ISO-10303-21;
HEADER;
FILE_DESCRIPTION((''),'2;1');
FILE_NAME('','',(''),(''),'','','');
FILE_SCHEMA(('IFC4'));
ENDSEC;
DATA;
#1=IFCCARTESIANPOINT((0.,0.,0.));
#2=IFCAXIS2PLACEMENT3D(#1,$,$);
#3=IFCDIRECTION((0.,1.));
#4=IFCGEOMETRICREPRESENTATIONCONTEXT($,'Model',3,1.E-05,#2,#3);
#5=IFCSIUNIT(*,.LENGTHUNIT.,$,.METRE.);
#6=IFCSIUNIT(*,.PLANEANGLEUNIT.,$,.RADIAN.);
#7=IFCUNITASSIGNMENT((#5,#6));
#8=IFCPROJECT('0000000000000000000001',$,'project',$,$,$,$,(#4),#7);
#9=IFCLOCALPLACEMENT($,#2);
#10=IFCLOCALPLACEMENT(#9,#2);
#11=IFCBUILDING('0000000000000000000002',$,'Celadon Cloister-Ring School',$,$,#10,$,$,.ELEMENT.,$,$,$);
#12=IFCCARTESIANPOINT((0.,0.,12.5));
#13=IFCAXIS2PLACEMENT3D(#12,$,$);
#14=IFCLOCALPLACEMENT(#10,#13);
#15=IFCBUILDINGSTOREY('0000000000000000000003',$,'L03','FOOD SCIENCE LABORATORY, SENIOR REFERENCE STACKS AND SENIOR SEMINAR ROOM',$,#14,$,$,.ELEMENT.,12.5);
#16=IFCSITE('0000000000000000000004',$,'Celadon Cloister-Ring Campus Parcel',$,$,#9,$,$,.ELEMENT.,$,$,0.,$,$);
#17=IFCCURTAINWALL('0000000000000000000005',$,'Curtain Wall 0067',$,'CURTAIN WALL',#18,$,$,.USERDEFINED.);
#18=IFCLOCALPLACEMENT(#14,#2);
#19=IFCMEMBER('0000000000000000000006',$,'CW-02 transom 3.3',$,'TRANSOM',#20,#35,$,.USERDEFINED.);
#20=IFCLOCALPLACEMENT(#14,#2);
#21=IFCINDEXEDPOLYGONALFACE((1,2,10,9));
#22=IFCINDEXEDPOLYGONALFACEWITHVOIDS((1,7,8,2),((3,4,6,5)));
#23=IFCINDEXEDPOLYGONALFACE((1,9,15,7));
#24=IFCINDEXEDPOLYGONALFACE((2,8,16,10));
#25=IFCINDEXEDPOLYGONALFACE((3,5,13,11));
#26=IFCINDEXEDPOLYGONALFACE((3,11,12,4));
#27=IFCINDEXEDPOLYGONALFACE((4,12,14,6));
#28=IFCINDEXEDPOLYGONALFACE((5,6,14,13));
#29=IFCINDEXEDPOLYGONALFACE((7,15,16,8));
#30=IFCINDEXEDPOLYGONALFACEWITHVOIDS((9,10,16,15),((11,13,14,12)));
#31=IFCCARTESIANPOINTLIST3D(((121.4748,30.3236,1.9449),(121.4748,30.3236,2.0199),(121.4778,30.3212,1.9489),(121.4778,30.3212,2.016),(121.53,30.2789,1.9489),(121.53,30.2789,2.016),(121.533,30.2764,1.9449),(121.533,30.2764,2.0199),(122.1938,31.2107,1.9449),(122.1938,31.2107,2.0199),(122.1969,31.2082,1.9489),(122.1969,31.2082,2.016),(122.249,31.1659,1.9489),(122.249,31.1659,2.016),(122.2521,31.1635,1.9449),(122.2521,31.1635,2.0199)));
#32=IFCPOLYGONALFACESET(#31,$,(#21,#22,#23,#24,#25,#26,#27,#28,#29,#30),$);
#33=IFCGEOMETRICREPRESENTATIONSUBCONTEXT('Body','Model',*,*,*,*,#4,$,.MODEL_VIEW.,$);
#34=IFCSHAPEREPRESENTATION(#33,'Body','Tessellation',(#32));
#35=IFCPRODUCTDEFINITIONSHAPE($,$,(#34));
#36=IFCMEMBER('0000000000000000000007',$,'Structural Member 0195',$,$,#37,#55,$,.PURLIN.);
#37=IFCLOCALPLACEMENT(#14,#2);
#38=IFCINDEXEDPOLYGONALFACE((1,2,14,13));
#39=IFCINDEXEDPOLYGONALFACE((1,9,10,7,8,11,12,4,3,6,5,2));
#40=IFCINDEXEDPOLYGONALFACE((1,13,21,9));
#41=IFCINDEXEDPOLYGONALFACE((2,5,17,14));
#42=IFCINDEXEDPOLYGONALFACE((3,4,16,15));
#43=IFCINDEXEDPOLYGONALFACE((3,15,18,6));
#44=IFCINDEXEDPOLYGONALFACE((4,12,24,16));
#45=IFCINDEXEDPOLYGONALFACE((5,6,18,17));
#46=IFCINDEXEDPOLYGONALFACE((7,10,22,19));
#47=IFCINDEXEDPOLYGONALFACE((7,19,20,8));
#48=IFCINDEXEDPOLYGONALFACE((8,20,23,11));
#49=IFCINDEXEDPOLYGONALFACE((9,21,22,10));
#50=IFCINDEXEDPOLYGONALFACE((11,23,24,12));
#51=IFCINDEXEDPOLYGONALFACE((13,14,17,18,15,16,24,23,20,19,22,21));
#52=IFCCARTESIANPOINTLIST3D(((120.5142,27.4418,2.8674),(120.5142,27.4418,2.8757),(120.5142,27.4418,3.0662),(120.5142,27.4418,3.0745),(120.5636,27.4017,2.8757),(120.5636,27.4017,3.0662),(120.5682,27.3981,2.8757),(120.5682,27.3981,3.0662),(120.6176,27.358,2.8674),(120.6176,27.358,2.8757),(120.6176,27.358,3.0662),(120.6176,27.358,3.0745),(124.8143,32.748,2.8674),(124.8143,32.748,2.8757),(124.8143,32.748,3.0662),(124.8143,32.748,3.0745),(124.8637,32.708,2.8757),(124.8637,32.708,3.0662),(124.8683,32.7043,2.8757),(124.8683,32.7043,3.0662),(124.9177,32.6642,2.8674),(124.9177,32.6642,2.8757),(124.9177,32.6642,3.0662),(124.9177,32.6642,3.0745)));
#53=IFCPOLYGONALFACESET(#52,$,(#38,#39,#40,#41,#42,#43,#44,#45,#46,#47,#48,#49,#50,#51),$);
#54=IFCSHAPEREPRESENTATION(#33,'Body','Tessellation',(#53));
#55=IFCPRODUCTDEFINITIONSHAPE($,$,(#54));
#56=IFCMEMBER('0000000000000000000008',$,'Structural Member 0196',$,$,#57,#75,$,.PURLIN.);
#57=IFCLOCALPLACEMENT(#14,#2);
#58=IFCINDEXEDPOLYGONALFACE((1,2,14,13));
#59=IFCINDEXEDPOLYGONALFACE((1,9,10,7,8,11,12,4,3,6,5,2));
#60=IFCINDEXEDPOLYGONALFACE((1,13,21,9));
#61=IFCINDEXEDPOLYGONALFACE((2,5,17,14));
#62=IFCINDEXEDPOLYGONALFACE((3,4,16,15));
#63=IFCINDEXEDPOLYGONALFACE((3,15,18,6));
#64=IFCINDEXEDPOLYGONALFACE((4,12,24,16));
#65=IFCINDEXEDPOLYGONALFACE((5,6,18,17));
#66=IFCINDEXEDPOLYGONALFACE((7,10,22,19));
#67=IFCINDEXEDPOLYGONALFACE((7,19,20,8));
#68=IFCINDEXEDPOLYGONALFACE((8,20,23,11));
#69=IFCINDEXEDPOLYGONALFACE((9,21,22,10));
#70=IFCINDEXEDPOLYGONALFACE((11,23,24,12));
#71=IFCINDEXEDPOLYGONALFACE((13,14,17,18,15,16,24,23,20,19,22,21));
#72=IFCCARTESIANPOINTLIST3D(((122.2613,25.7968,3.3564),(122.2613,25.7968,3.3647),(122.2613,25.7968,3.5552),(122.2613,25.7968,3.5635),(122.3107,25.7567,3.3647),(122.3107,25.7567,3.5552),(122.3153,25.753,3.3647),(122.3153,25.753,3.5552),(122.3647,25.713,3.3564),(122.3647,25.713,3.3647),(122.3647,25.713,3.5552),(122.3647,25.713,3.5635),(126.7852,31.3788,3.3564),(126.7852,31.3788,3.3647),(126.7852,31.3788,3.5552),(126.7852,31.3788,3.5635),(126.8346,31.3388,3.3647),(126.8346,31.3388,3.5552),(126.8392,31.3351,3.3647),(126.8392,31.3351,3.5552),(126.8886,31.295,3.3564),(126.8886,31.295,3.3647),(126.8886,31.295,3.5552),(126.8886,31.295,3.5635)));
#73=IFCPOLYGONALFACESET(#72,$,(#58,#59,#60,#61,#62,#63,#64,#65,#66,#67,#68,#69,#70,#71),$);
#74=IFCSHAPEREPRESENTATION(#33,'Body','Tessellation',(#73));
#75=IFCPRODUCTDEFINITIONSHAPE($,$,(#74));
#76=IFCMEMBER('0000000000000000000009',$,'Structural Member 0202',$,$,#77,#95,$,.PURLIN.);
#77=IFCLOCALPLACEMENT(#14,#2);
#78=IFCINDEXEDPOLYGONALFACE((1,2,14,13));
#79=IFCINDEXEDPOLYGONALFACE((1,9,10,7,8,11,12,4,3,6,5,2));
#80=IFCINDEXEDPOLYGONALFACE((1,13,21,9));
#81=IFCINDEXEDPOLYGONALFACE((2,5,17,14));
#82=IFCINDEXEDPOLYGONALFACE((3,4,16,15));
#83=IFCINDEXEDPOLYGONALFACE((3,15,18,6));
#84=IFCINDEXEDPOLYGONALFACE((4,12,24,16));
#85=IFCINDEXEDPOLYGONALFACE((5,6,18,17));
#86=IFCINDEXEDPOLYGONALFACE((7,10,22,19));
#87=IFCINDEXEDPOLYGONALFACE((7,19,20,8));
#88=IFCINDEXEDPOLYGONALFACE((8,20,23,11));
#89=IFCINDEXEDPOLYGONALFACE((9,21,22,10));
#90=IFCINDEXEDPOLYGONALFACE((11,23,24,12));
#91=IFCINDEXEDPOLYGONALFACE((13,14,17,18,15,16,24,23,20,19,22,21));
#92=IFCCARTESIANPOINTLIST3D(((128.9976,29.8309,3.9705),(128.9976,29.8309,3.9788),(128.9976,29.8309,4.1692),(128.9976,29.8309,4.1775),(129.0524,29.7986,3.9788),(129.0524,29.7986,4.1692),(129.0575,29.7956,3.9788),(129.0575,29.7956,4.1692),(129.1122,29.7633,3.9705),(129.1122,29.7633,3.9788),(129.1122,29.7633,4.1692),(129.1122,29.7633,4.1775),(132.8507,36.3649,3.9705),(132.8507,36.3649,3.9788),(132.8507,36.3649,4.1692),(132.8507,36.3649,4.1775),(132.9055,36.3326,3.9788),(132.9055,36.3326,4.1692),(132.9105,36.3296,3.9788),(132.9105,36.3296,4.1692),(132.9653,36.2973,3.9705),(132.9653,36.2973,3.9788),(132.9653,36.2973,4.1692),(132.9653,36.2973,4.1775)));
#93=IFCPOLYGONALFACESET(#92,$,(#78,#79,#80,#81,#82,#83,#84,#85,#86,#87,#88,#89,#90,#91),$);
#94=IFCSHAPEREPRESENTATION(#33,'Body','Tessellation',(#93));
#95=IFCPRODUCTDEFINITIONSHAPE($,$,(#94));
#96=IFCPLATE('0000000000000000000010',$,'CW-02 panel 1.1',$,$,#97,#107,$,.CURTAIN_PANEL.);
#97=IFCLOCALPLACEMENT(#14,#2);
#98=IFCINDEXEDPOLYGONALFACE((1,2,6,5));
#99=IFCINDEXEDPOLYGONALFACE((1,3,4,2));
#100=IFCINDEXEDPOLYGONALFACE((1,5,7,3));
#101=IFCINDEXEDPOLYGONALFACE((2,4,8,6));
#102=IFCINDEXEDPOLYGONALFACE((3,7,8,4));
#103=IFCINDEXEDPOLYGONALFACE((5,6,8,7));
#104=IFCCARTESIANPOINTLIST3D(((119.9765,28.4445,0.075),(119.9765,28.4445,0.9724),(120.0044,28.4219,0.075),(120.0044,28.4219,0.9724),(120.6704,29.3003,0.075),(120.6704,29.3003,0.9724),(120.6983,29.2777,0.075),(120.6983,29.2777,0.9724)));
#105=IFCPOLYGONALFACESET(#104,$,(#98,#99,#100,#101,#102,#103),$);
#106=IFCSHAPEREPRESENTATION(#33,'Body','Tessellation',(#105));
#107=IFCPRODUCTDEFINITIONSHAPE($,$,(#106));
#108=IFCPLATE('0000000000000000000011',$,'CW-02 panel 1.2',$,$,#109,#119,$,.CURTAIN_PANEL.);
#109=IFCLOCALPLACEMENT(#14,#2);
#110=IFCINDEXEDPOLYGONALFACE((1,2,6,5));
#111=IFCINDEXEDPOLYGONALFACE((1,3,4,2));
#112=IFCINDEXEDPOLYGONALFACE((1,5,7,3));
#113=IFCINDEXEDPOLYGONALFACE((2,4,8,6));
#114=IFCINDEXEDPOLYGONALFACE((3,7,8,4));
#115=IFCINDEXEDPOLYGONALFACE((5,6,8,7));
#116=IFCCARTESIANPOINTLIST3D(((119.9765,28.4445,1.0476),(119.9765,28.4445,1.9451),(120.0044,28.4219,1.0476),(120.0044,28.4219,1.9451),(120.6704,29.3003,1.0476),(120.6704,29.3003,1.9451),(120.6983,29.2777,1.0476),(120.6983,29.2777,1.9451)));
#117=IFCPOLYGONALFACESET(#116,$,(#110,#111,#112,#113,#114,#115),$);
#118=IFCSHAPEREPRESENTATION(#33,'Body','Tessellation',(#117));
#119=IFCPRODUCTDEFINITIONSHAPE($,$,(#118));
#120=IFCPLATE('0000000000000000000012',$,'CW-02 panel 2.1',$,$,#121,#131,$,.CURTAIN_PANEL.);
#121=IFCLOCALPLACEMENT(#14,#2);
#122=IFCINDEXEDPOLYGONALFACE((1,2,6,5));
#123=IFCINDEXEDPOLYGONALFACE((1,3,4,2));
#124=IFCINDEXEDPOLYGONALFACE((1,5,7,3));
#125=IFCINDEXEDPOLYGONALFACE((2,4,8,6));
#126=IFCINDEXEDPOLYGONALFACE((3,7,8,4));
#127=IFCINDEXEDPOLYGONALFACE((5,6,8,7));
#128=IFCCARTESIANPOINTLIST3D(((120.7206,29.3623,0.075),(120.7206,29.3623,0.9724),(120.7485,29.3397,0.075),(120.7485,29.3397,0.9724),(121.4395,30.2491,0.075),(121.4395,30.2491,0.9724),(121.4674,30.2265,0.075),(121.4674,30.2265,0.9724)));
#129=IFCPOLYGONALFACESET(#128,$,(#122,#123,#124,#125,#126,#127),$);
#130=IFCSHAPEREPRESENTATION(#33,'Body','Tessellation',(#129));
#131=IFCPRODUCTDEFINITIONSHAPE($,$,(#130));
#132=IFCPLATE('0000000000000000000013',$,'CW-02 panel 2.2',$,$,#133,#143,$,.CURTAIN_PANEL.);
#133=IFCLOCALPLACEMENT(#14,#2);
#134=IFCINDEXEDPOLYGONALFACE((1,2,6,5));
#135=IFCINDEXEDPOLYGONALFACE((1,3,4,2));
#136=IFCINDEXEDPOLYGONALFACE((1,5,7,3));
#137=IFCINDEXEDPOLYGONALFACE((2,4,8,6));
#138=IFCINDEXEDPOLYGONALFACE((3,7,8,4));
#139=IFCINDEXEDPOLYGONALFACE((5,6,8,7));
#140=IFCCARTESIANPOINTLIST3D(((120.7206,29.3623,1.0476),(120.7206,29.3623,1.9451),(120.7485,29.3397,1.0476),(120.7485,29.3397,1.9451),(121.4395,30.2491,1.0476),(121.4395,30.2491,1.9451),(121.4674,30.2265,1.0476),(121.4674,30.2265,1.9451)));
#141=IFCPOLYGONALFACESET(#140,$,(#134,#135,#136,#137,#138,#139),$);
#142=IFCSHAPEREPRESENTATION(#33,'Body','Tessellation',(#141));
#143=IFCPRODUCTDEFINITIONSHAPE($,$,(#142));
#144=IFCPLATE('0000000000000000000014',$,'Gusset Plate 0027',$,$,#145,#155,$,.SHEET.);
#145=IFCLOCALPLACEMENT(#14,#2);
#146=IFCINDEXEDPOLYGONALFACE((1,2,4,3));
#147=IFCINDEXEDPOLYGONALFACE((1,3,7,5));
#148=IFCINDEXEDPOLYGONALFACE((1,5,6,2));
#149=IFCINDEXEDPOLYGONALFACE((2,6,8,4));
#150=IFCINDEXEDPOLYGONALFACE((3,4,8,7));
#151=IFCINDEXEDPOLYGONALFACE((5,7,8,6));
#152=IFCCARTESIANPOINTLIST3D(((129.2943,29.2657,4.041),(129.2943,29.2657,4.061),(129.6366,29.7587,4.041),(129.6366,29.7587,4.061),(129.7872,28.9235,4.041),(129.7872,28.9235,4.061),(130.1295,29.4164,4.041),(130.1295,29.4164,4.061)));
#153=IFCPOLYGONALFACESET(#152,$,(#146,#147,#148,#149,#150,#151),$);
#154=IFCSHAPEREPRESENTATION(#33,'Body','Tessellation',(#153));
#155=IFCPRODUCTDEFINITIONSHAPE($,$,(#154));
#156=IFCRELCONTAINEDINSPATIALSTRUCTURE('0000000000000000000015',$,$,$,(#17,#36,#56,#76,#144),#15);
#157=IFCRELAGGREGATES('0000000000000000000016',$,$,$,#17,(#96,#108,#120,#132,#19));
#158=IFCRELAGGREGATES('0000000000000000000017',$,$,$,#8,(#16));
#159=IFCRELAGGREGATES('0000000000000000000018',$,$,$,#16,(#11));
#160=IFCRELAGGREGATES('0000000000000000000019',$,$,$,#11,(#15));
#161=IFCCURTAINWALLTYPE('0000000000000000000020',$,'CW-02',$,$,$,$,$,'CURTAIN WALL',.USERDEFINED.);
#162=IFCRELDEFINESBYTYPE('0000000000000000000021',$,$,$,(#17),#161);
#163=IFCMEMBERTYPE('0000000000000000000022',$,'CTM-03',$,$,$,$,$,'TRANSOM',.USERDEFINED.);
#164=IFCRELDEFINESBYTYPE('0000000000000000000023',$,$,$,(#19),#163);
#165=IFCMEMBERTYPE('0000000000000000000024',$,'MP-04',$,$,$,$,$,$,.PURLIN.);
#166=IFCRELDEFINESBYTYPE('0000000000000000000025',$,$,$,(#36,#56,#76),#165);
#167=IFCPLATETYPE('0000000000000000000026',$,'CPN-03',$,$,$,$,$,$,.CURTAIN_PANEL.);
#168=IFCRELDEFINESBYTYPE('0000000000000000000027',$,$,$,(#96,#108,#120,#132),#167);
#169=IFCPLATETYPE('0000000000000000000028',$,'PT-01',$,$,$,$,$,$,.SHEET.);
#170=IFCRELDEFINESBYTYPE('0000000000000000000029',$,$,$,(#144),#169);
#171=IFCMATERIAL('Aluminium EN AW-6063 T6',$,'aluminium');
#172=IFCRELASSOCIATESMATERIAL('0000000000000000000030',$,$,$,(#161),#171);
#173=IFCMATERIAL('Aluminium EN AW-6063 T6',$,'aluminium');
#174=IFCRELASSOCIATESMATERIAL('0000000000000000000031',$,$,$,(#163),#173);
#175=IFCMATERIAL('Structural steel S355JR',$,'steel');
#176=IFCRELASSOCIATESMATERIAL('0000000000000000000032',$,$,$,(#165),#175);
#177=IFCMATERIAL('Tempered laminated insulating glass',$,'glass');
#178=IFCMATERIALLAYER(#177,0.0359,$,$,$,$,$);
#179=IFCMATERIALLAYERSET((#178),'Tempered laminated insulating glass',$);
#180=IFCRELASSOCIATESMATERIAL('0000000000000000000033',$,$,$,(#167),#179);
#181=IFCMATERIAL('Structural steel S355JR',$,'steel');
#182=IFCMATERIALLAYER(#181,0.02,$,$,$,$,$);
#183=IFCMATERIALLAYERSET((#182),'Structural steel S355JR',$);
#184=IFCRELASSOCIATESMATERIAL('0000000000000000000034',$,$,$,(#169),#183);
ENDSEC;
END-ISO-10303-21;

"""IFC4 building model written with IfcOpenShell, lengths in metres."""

from ifc_helpers import new_model, si_unit, direction, frame, origin, origin_2d, place, context, subcontext, project, spatial, rectangle, hollow_rectangle, i_section, extrude, material, layer, layer_set, material_profile, profile_set, type_object, element, aggregate, save


model = new_model("IFC4")

# Units and contexts
model_context = context("Model", 3, precision=1e-05, world=origin(), true_north=direction((0.0, 1.0)))
body_context = subcontext(model_context, "Body", "Model", "MODEL_VIEW")
ifc_project = project(units=[si_unit("LENGTHUNIT", "METRE"), si_unit("PLANEANGLEUNIT", "RADIAN")], contexts=[model_context])

# Site, building, storey
site_placement = place(None, origin())
site = spatial("IfcSite", under=ifc_project, at=site_placement, Name="Celadon Cloister-Ring Campus Parcel", CompositionType="ELEMENT", RefElevation=0.0)
building_placement = place(site_placement, origin())
building = spatial("IfcBuilding", under=site, at=building_placement, Name="Celadon Cloister-Ring School", CompositionType="ELEMENT")
storey_placement = place(building_placement, frame((0.0, 0.0, 12.5)))
storey = spatial("IfcBuildingStorey", under=building, at=storey_placement, Name="L03", Description="FOOD SCIENCE LABORATORY, SENIOR REFERENCE STACKS AND SENIOR SEMINAR ROOM", CompositionType="ELEMENT", Elevation=12.5)

# Curtain wall, member
ifc_material_1 = material(Name="Aluminium EN AW-6063 T6", Category="aluminium")
curtain_wall_type = type_object("IfcCurtainWallType", Name="CW-02", ElementType="CURTAIN WALL", PredefinedType="USERDEFINED", material=ifc_material_1)
curtain_wall_placement = place(storey_placement, origin())
curtain_wall = element("IfcCurtainWall", 1, at=curtain_wall_placement, inside=storey, type_object=curtain_wall_type, Name="Curtain Wall 0067", ObjectType="CURTAIN WALL", PredefinedType="USERDEFINED")
ifc_material_2 = material(Name="Aluminium EN AW-6063 T6", Category="aluminium")
ifc_material_profile_1 = material_profile(ifc_material_2, hollow_rectangle(XDim=0.075, YDim=0.075, WallThickness=0.0039, at=origin_2d()), Name="RHS75X75X4")
ifc_profile_set_1 = profile_set([ifc_material_profile_1], Name="Aluminium EN AW-6063 T6")
member_type_1 = type_object("IfcMemberType", Name="CTM-03", ElementType="TRANSOM", PredefinedType="USERDEFINED", material=ifc_profile_set_1)
member_1_placement = place(storey_placement, frame((121.5039, 30.3, 1.9824), z_axis=(0.629715, 0.776826, 0.0), x_axis=(-0.776826, 0.629715, 0.0)))
member_1 = element("IfcMember", 2, at=member_1_placement, type_object=member_type_1, Name="CW-02 transom 3.3", ObjectType="TRANSOM", PredefinedType="USERDEFINED", context=body_context, shape_type="SweptSolid", body=[
    extrude(hollow_rectangle(XDim=0.075, YDim=0.075, WallThickness=0.0039, at=origin_2d()), origin(), (0.0, 0.0, 1.0), 1.1418),
])

# Members
ifc_material_3 = material(Name="Structural steel S355JR", Category="steel")
ifc_material_profile_2 = material_profile(ifc_material_3, i_section(OverallWidth=0.1331, OverallDepth=0.207, WebThickness=0.0059, FlangeThickness=0.0083, at=origin_2d()), Name="W200X27")
ifc_profile_set_2 = profile_set([ifc_material_profile_2], Name="Structural steel S355JR")
member_type_2 = type_object("IfcMemberType", Name="MP-04", PredefinedType="PURLIN", material=ifc_profile_set_2)
member_2_placement = place(storey_placement, frame((120.5659, 27.3999, 2.9709), z_axis=(0.629604, 0.776916, 0.0), x_axis=(-0.776916, 0.629604, 0.0)))
element("IfcMember", 3, at=member_2_placement, inside=storey, type_object=member_type_2, Name="Structural Member 0195", PredefinedType="PURLIN", context=body_context, shape_type="SweptSolid", body=[
    extrude(i_section(OverallWidth=0.1331, OverallDepth=0.207, WebThickness=0.0059, FlangeThickness=0.0083, at=origin_2d()), origin(), (0.0, 0.0, 1.0), 6.8298),
])
member_3_placement = place(storey_placement, frame((122.313, 25.7549, 3.46), z_axis=(0.62963, 0.776895, 0.0), x_axis=(-0.776895, 0.62963, 0.0)))
element("IfcMember", 4, at=member_3_placement, inside=storey, type_object=member_type_2, Name="Structural Member 0196", PredefinedType="PURLIN", context=body_context, shape_type="SweptSolid", body=[
    extrude(i_section(OverallWidth=0.1331, OverallDepth=0.207, WebThickness=0.0059, FlangeThickness=0.0083, at=origin_2d()), origin(), (0.0, 0.0, 1.0), 7.1851),
])
member_4_placement = place(storey_placement, frame((129.0549, 29.7971, 4.074), z_axis=(0.507954, 0.861384, 0.0), x_axis=(-0.861384, 0.507954, 0.0)))
element("IfcMember", 5, at=member_4_placement, inside=storey, type_object=member_type_2, Name="Structural Member 0202", PredefinedType="PURLIN", context=body_context, shape_type="SweptSolid", body=[
    extrude(i_section(OverallWidth=0.1331, OverallDepth=0.207, WebThickness=0.0059, FlangeThickness=0.0083, at=origin_2d()), origin(), (0.0, 0.0, 1.0), 7.5854),
])

# Plates
ifc_material_4 = material(Name="Tempered laminated insulating glass", Category="glass")
ifc_layer_1 = layer(ifc_material_4, 0.0359)
ifc_layer_set_1 = layer_set([ifc_layer_1], Name="Tempered laminated insulating glass")
plate_type_1 = type_object("IfcPlateType", Name="CPN-03", PredefinedType="CURTAIN_PANEL", material=ifc_layer_set_1)
plate_1_placement = place(storey_placement, frame((120.3374, 28.8611, 0.075), z_axis=(0.0, 0.0, 1.0), x_axis=(0.629773, 0.77678, 0.0)))
plate_1 = element("IfcPlate", 6, at=plate_1_placement, type_object=plate_type_1, Name="CW-02 panel 1.1", PredefinedType="CURTAIN_PANEL", context=body_context, shape_type="SweptSolid", body=[
    extrude(rectangle(XDim=1.1018, YDim=0.0359, at=origin_2d()), origin(), (0.0, 0.0, 1.0), 0.8975),
])
plate_2_placement = place(storey_placement, frame((120.3374, 28.8611, 1.0476), z_axis=(0.0, 0.0, 1.0), x_axis=(0.629773, 0.77678, 0.0)))
plate_2 = element("IfcPlate", 7, at=plate_2_placement, type_object=plate_type_1, Name="CW-02 panel 1.2", PredefinedType="CURTAIN_PANEL", context=body_context, shape_type="SweptSolid", body=[
    extrude(rectangle(XDim=1.1018, YDim=0.0359, at=origin_2d()), origin(), (0.0, 0.0, 1.0), 0.8975),
])
plate_3_placement = place(storey_placement, frame((121.094, 29.7944, 0.075), z_axis=(0.0, 0.0, 1.0), x_axis=(0.629773, 0.77678, 0.0)))
plate_3 = element("IfcPlate", 8, at=plate_3_placement, type_object=plate_type_1, Name="CW-02 panel 2.1", PredefinedType="CURTAIN_PANEL", context=body_context, shape_type="SweptSolid", body=[
    extrude(rectangle(XDim=1.1416, YDim=0.0359, at=origin_2d()), origin(), (0.0, 0.0, 1.0), 0.8975),
])
plate_4_placement = place(storey_placement, frame((121.094, 29.7944, 1.0476), z_axis=(0.0, 0.0, 1.0), x_axis=(0.629773, 0.77678, 0.0)))
plate_4 = element("IfcPlate", 9, at=plate_4_placement, type_object=plate_type_1, Name="CW-02 panel 2.2", PredefinedType="CURTAIN_PANEL", context=body_context, shape_type="SweptSolid", body=[
    extrude(rectangle(XDim=1.1416, YDim=0.0359, at=origin_2d()), origin(), (0.0, 0.0, 1.0), 0.8975),
])
aggregate(curtain_wall, [plate_1, plate_2, plate_3, plate_4, member_1])
ifc_material_5 = material(Name="Structural steel S355JR", Category="steel")
ifc_layer_2 = layer(ifc_material_5, 0.02)
ifc_layer_set_2 = layer_set([ifc_layer_2], Name="Structural steel S355JR")
plate_type_2 = type_object("IfcPlateType", Name="PT-01", PredefinedType="SHEET", material=ifc_layer_set_2)
plate_5_placement = place(storey_placement, frame((129.7119, 29.3411, 4.041), z_axis=(0.0, 0.0, 1.0), x_axis=(0.821388, -0.57037, 0.0)))
element("IfcPlate", 10, at=plate_5_placement, inside=storey, type_object=plate_type_2, Name="Gusset Plate 0027", PredefinedType="SHEET", context=body_context, shape_type="SweptSolid", body=[
    extrude(rectangle(XDim=0.6001, YDim=0.6001, at=origin_2d()), origin(), (0.0, 0.0, 1.0), 0.02),
])

save(model, "model.ifc")
